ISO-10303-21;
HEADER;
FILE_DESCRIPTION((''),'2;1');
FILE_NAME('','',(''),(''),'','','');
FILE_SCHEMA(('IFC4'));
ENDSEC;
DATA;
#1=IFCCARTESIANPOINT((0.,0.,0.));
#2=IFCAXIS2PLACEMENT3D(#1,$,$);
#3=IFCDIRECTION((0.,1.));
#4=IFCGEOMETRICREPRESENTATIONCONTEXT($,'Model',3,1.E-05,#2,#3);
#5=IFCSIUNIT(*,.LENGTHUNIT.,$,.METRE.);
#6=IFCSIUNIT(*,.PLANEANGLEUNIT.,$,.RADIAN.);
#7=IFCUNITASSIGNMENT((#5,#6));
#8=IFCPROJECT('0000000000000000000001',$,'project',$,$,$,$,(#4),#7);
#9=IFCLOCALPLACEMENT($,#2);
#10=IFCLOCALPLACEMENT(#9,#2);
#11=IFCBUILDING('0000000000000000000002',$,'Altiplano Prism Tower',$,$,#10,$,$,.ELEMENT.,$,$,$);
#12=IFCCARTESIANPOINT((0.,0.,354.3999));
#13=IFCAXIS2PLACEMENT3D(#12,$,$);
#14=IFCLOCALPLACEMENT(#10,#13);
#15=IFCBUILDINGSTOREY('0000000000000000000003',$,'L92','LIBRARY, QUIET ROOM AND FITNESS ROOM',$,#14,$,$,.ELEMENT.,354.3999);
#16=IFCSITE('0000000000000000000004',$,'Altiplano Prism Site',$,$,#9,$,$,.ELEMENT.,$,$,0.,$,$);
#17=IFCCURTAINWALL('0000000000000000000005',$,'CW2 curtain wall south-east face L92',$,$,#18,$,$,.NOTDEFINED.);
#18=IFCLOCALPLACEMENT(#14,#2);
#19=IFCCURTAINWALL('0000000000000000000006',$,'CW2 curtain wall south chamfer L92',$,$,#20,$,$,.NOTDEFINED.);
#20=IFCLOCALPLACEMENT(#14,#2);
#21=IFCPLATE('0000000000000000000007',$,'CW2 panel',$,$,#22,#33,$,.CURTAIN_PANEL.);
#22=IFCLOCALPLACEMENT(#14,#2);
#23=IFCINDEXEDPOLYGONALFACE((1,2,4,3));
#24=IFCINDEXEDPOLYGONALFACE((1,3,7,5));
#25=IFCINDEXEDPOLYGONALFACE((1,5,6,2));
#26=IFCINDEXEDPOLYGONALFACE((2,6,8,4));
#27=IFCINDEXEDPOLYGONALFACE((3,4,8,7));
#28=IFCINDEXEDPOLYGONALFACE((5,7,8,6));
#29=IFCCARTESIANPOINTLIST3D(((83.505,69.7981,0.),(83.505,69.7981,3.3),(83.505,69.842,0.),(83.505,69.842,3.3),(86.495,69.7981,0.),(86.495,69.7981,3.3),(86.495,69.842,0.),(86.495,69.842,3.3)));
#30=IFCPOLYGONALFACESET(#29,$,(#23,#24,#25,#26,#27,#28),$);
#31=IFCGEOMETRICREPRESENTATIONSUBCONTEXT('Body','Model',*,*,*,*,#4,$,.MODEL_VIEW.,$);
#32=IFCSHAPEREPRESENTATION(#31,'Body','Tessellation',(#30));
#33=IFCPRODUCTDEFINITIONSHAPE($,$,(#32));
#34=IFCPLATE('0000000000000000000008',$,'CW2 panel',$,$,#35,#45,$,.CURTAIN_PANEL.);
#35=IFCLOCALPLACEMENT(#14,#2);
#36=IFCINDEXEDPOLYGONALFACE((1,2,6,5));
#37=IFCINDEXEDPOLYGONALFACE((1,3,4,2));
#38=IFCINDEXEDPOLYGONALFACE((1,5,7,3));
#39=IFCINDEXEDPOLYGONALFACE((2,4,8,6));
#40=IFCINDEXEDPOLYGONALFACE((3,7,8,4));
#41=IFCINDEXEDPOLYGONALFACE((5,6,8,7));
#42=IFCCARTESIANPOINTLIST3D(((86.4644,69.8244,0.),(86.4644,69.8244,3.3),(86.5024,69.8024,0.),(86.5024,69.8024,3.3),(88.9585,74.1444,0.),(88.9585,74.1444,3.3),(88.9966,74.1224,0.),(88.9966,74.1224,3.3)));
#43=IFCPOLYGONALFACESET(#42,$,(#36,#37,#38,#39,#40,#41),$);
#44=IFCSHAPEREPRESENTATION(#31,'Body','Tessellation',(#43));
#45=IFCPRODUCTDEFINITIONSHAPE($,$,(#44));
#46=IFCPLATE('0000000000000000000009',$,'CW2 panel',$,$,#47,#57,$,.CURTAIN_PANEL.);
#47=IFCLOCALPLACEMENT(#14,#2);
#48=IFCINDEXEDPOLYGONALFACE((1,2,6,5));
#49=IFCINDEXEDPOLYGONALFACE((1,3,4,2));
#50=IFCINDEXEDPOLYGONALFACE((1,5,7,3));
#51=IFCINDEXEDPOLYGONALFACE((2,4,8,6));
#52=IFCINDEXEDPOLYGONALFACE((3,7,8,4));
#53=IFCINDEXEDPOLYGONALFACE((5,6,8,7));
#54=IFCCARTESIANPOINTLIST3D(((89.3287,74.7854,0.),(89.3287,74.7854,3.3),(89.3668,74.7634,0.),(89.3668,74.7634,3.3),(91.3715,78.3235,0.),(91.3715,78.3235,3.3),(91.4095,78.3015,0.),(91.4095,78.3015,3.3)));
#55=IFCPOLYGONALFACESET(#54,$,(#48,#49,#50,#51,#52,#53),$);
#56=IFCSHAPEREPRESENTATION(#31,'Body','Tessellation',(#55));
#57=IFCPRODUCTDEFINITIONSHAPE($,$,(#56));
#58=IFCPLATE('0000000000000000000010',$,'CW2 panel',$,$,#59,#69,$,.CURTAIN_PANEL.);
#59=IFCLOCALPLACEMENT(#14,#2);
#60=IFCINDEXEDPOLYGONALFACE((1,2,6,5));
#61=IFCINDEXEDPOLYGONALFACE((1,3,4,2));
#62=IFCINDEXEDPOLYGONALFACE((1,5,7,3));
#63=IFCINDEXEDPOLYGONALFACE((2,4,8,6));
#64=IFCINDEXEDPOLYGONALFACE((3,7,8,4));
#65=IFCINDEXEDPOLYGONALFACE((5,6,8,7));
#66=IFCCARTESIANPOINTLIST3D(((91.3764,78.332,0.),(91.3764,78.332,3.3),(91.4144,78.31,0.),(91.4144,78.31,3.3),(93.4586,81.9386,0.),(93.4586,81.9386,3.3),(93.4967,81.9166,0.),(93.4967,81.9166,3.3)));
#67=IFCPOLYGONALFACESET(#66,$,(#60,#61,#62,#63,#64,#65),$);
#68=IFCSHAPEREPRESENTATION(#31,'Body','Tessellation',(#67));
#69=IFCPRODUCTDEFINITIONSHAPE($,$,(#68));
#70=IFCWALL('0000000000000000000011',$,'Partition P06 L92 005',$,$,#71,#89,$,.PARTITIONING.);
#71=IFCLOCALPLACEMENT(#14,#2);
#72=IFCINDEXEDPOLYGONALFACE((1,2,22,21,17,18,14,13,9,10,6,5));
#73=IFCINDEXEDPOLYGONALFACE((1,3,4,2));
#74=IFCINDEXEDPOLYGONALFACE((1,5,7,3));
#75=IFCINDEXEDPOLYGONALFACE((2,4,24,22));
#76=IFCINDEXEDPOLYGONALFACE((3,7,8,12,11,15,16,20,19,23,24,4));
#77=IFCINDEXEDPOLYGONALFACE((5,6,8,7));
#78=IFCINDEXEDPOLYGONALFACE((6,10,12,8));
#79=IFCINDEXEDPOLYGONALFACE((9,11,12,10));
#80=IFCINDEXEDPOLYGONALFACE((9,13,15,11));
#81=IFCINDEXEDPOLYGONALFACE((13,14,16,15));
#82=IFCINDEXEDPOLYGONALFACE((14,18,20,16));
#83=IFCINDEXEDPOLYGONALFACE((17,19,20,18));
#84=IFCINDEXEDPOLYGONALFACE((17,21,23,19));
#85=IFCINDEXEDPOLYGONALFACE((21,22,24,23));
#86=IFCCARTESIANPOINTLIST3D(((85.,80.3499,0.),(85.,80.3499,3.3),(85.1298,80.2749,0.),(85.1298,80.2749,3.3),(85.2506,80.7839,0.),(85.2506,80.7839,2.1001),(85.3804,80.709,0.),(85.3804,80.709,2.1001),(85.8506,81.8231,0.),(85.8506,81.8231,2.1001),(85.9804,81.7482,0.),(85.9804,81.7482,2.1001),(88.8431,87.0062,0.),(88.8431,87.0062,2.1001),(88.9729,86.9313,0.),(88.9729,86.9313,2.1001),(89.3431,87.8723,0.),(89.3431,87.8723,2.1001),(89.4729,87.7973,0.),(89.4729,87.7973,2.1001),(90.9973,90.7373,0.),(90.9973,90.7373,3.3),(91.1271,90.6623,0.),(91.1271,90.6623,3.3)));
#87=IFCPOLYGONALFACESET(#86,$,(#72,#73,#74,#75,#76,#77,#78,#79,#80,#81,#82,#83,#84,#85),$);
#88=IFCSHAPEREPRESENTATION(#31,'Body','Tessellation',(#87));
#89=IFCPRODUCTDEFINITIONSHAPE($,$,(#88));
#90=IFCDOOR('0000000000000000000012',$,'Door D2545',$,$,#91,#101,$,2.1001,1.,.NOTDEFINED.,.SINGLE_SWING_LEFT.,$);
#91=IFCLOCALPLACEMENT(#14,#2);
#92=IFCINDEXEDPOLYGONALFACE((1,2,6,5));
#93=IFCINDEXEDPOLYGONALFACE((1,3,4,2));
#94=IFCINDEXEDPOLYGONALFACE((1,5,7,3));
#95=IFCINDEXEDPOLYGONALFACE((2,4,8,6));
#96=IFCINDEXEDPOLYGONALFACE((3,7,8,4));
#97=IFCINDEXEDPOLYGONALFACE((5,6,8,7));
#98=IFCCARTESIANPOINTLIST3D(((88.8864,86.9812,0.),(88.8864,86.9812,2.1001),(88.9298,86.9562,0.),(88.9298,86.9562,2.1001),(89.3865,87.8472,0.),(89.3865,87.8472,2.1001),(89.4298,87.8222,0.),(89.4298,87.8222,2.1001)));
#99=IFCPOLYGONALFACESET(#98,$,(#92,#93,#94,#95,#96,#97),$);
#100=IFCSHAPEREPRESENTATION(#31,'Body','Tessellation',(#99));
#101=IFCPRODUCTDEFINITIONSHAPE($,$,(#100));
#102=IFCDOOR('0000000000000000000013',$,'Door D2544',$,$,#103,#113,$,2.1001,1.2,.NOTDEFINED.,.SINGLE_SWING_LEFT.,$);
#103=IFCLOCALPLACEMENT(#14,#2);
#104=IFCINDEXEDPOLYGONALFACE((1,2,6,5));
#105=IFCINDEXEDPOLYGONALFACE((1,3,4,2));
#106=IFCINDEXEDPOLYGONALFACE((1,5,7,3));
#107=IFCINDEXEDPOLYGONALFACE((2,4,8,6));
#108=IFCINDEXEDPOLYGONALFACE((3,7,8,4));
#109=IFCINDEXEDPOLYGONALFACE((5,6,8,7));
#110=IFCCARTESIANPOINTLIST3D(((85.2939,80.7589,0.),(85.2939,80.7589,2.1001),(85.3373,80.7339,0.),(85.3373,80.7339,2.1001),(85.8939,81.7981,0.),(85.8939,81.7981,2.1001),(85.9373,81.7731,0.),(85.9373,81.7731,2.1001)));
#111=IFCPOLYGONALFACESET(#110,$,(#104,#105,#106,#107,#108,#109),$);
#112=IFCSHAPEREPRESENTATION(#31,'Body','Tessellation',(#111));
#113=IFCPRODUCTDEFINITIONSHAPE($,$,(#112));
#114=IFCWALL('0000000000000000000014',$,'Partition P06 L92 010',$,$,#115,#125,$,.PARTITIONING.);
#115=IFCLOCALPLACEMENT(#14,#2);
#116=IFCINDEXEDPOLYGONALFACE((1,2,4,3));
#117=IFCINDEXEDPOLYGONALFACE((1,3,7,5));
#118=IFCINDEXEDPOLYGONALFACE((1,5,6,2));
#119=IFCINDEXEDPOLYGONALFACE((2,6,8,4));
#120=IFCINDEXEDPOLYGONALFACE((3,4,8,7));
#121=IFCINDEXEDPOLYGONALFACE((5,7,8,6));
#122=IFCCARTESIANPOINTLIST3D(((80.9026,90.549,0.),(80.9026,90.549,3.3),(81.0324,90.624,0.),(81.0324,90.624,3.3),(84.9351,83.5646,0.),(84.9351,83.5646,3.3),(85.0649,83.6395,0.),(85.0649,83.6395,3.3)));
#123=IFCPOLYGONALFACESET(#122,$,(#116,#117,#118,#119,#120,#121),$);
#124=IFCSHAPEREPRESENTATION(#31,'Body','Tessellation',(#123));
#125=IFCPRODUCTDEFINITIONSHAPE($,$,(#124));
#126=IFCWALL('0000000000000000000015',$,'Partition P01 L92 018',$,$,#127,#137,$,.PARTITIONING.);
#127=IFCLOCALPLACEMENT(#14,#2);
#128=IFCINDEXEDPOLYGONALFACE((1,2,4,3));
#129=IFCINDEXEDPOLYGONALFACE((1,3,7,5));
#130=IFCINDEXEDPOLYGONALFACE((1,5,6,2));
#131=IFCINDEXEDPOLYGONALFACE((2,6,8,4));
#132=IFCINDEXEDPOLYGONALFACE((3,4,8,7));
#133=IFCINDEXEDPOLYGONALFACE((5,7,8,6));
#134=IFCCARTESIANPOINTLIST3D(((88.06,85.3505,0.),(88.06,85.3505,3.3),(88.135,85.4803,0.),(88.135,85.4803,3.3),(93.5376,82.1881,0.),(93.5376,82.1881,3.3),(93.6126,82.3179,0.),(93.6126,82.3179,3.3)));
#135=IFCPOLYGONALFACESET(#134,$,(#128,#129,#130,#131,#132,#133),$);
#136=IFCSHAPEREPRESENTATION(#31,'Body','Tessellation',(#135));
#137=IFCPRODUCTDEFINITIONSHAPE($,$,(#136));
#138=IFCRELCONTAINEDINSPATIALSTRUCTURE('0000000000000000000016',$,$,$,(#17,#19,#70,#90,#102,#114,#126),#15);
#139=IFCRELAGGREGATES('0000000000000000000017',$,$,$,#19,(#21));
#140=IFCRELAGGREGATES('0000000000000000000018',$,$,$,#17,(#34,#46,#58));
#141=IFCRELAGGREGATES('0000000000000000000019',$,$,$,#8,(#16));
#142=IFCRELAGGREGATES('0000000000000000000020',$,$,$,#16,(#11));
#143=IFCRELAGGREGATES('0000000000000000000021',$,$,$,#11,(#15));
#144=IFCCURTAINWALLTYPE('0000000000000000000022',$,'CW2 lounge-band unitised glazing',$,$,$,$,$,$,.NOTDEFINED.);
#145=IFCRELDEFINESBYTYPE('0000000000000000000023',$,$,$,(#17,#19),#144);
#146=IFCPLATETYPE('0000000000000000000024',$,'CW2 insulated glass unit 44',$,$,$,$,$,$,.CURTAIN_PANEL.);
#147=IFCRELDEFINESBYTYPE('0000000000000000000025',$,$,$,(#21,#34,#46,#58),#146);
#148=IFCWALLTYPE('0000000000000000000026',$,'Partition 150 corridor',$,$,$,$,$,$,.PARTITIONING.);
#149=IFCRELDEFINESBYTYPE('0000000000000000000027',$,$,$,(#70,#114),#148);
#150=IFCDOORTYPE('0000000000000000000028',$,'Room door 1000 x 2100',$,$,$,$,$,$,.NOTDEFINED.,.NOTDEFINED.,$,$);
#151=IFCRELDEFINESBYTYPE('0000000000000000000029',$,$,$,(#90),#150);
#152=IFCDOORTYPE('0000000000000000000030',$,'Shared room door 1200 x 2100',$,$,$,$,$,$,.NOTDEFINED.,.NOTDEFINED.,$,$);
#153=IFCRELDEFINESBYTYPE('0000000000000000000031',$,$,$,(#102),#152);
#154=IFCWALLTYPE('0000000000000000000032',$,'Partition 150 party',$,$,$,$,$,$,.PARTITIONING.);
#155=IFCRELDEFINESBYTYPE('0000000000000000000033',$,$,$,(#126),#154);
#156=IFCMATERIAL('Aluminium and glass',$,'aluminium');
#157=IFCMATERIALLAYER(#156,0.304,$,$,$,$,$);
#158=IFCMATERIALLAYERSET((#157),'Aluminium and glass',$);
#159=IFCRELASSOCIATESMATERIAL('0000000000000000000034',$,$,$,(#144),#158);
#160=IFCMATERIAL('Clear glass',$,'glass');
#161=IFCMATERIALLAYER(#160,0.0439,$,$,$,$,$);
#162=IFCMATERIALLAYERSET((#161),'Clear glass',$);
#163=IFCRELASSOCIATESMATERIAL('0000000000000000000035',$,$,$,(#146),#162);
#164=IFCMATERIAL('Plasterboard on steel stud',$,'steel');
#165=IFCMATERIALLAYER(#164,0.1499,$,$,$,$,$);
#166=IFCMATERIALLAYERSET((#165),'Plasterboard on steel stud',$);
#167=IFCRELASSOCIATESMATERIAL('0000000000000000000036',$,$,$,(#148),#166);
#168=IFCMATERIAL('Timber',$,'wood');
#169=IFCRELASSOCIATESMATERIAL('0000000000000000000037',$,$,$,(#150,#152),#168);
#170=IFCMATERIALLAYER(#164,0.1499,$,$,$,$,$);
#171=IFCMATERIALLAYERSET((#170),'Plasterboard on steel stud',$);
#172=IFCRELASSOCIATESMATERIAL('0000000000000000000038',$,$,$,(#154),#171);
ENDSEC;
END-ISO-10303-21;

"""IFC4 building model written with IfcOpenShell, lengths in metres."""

from ifc_helpers import new_model, si_unit, direction, frame, frame_2d, origin, origin_2d, place, context, subcontext, project, spatial, rectangle, extrude, material, layer, layer_set, type_object, element, fill, aggregate, save


model = new_model("IFC4")

# Units and contexts
model_context = context("Model", 3, precision=1e-05, world=origin(), true_north=direction((0.0, 1.0)))
body_context = subcontext(model_context, "Body", "Model", "MODEL_VIEW")
ifc_project = project(units=[si_unit("LENGTHUNIT", "METRE"), si_unit("PLANEANGLEUNIT", "RADIAN")], contexts=[model_context])

# Site, building, storey
site_placement = place(None, origin())
site = spatial("IfcSite", under=ifc_project, at=site_placement, Name="Altiplano Prism Site", CompositionType="ELEMENT", RefElevation=0.0)
building_placement = place(site_placement, origin())
building = spatial("IfcBuilding", under=site, at=building_placement, Name="Altiplano Prism Tower", CompositionType="ELEMENT")
storey_placement = place(building_placement, frame((0.0, 0.0, 354.3999)))
storey = spatial("IfcBuildingStorey", under=building, at=storey_placement, Name="L92", Description="LIBRARY, QUIET ROOM AND FITNESS ROOM", CompositionType="ELEMENT", Elevation=354.3999)

# Curtain walls
ifc_material_1 = material(Name="Aluminium and glass", Category="aluminium")
ifc_layer_1 = layer(ifc_material_1, 0.304)
ifc_layer_set_1 = layer_set([ifc_layer_1], Name="Aluminium and glass")
curtain_wall_type = type_object("IfcCurtainWallType", Name="CW2 lounge-band unitised glazing", PredefinedType="NOTDEFINED", material=ifc_layer_set_1)
curtain_wall_1_placement = place(storey_placement, origin())
curtain_wall_1 = element("IfcCurtainWall", 1, at=curtain_wall_1_placement, inside=storey, type_object=curtain_wall_type, Name="CW2 curtain wall south-east face L92", PredefinedType="NOTDEFINED")
curtain_wall_2_placement = place(storey_placement, origin())
curtain_wall_2 = element("IfcCurtainWall", 2, at=curtain_wall_2_placement, inside=storey, type_object=curtain_wall_type, Name="CW2 curtain wall south chamfer L92", PredefinedType="NOTDEFINED")

# Plates
ifc_material_2 = material(Name="Clear glass", Category="glass")
ifc_layer_2 = layer(ifc_material_2, 0.0439)
ifc_layer_set_2 = layer_set([ifc_layer_2], Name="Clear glass")
plate_type = type_object("IfcPlateType", Name="CW2 insulated glass unit 44", PredefinedType="CURTAIN_PANEL", material=ifc_layer_set_2)
plate_1_placement = place(storey_placement, frame((85.0, 69.8201, 0.0), z_axis=(0.0, 0.0, 1.0), x_axis=(1.0, 0.0, 0.0)))
plate_1 = element("IfcPlate", 3, at=plate_1_placement, type_object=plate_type, Name="CW2 panel", PredefinedType="CURTAIN_PANEL", context=body_context, shape_type="SweptSolid", body=[
    extrude(rectangle(XDim=2.99, YDim=0.0439, at=origin_2d()), origin(), (0.0, 0.0, 1.0), 3.3),
])
aggregate(curtain_wall_2, [plate_1])
plate_2_placement = place(storey_placement, frame((87.7305, 71.9734, 0.0), z_axis=(0.0, 0.0, 1.0), x_axis=(0.5, 0.866025, 0.0)))
plate_2 = element("IfcPlate", 4, at=plate_2_placement, type_object=plate_type, Name="CW2 panel", PredefinedType="CURTAIN_PANEL", context=body_context, shape_type="SweptSolid", body=[
    extrude(rectangle(XDim=4.9883, YDim=0.0439, at=origin_2d()), origin(), (0.0, 0.0, 1.0), 3.3),
])
plate_3_placement = place(storey_placement, frame((90.3691, 76.5435, 0.0), z_axis=(0.0, 0.0, 1.0), x_axis=(0.5, 0.866025, 0.0)))
plate_3 = element("IfcPlate", 5, at=plate_3_placement, type_object=plate_type, Name="CW2 panel", PredefinedType="CURTAIN_PANEL", context=body_context, shape_type="SweptSolid", body=[
    extrude(rectangle(XDim=4.0854, YDim=0.0439, at=origin_2d()), origin(), (0.0, 0.0, 1.0), 3.3),
])
plate_4_placement = place(storey_placement, frame((92.4365, 80.1243, 0.0), z_axis=(0.0, 0.0, 1.0), x_axis=(0.5, 0.866025, 0.0)))
plate_4 = element("IfcPlate", 6, at=plate_4_placement, type_object=plate_type, Name="CW2 panel", PredefinedType="CURTAIN_PANEL", context=body_context, shape_type="SweptSolid", body=[
    extrude(rectangle(XDim=4.1646, YDim=0.0439, at=origin_2d()), origin(), (0.0, 0.0, 1.0), 3.3),
])
aggregate(curtain_wall_1, [plate_2, plate_3, plate_4])

# Wall, openings, doors
ifc_material_3 = material(Name="Plasterboard on steel stud", Category="steel")
ifc_layer_3 = layer(ifc_material_3, 0.1499)
ifc_layer_set_3 = layer_set([ifc_layer_3], Name="Plasterboard on steel stud")
wall_type_1 = type_object("IfcWallType", Name="Partition 150 corridor", PredefinedType="PARTITIONING", material=ifc_layer_set_3)
wall_1_placement = place(storey_placement, frame((85.0649, 80.3125, 0.0), z_axis=(0.0, 0.0, 1.0), x_axis=(0.500007, 0.866021, 0.0)))
wall_1 = element("IfcWall", 7, at=wall_1_placement, inside=storey, type_object=wall_type_1, Name="Partition P06 L92 005", PredefinedType="PARTITIONING", context=body_context, shape_type="SweptSolid", body=[
    extrude(rectangle(XDim=11.9944, YDim=0.1499, at=frame_2d((5.9971, 0.0))), origin(), (0.0, 0.0, 1.0), 3.3),
])
opening_1_placement = place(wall_1_placement, frame((0.501, 0.0, 0.0)))
opening_1 = element("IfcOpeningElement", 8, at=opening_1_placement, cuts=wall_1, PredefinedType="OPENING", context=body_context, shape_type="SweptSolid", body=[
    extrude(rectangle(XDim=1.2, YDim=2.1001, at=frame_2d((0.6001, 1.05))), frame((0.0, 0.0854, 0.0), z_axis=(0.0, -1.0, 0.0), x_axis=(1.0, 0.0, 0.0)), (0.0, 0.0, 1.0), 0.1709),
])
opening_2_placement = place(wall_1_placement, frame((7.686, 0.0, 0.0)))
opening_2 = element("IfcOpeningElement", 9, at=opening_2_placement, cuts=wall_1, PredefinedType="OPENING", context=body_context, shape_type="SweptSolid", body=[
    extrude(rectangle(XDim=1.0, YDim=2.1001, at=frame_2d((0.5, 1.05))), frame((0.0, 0.0854, 0.0), z_axis=(0.0, -1.0, 0.0), x_axis=(1.0, 0.0, 0.0)), (0.0, 0.0, 1.0), 0.1709),
])
ifc_material_4 = material(Name="Timber", Category="wood")
door_type_1 = type_object("IfcDoorType", Name="Room door 1000 x 2100", OperationType="NOTDEFINED", PredefinedType="NOTDEFINED", material=ifc_material_4)
door_1_placement = place(opening_2_placement, origin())
door_1 = element("IfcDoor", 10, at=door_1_placement, inside=storey, type_object=door_type_1, Name="Door D2545", OperationType="SINGLE_SWING_LEFT", OverallHeight=2.1001, OverallWidth=1.0, PredefinedType="NOTDEFINED", context=body_context, shape_type="SweptSolid", body=[
    extrude(rectangle(XDim=1.0, YDim=2.1001, at=frame_2d((0.5, 1.05))), frame((0.0, 0.0249, 0.0), z_axis=(0.0, -1.0, 0.0), x_axis=(1.0, 0.0, 0.0)), (0.0, 0.0, 1.0), 0.05),
])
fill(opening_2, door_1)
door_type_2 = type_object("IfcDoorType", Name="Shared room door 1200 x 2100", OperationType="NOTDEFINED", PredefinedType="NOTDEFINED", material=ifc_material_4)
door_2_placement = place(opening_1_placement, origin())
door_2 = element("IfcDoor", 11, at=door_2_placement, inside=storey, type_object=door_type_2, Name="Door D2544", OperationType="SINGLE_SWING_LEFT", OverallHeight=2.1001, OverallWidth=1.2, PredefinedType="NOTDEFINED", context=body_context, shape_type="SweptSolid", body=[
    extrude(rectangle(XDim=1.2, YDim=2.1001, at=frame_2d((0.6001, 1.05))), frame((0.0, 0.0249, 0.0), z_axis=(0.0, -1.0, 0.0), x_axis=(1.0, 0.0, 0.0)), (0.0, 0.0, 1.0), 0.05),
])
fill(opening_1, door_2)

# Walls
wall_2_placement = place(storey_placement, frame((85.0, 83.6021, 0.0), z_axis=(0.0, 0.0, 1.0), x_axis=(-0.500004, 0.866023, 0.0)))
element("IfcWall", 12, at=wall_2_placement, inside=storey, type_object=wall_type_1, Name="Partition P06 L92 010", PredefinedType="PARTITIONING", context=body_context, shape_type="SweptSolid", body=[
    extrude(rectangle(XDim=8.0649, YDim=0.1499, at=frame_2d((4.0325, 0.0))), origin(), (0.0, 0.0, 1.0), 3.3),
])
ifc_layer_4 = layer(ifc_material_3, 0.1499)
ifc_layer_set_4 = layer_set([ifc_layer_4], Name="Plasterboard on steel stud")
wall_type_2 = type_object("IfcWallType", Name="Partition 150 party", PredefinedType="PARTITIONING", material=ifc_layer_set_4)
wall_3_placement = place(storey_placement, frame((93.5752, 82.2529, 0.0), z_axis=(0.0, 0.0, 1.0), x_axis=(-0.866033, 0.499988, 0.0)))
element("IfcWall", 13, at=wall_3_placement, inside=storey, type_object=wall_type_2, Name="Partition P01 L92 018", PredefinedType="PARTITIONING", context=body_context, shape_type="SweptSolid", body=[
    extrude(rectangle(XDim=6.325, YDim=0.1499, at=frame_2d((3.1626, 0.0))), origin(), (0.0, 0.0, 1.0), 3.3),
])

save(model, "model.ifc")
